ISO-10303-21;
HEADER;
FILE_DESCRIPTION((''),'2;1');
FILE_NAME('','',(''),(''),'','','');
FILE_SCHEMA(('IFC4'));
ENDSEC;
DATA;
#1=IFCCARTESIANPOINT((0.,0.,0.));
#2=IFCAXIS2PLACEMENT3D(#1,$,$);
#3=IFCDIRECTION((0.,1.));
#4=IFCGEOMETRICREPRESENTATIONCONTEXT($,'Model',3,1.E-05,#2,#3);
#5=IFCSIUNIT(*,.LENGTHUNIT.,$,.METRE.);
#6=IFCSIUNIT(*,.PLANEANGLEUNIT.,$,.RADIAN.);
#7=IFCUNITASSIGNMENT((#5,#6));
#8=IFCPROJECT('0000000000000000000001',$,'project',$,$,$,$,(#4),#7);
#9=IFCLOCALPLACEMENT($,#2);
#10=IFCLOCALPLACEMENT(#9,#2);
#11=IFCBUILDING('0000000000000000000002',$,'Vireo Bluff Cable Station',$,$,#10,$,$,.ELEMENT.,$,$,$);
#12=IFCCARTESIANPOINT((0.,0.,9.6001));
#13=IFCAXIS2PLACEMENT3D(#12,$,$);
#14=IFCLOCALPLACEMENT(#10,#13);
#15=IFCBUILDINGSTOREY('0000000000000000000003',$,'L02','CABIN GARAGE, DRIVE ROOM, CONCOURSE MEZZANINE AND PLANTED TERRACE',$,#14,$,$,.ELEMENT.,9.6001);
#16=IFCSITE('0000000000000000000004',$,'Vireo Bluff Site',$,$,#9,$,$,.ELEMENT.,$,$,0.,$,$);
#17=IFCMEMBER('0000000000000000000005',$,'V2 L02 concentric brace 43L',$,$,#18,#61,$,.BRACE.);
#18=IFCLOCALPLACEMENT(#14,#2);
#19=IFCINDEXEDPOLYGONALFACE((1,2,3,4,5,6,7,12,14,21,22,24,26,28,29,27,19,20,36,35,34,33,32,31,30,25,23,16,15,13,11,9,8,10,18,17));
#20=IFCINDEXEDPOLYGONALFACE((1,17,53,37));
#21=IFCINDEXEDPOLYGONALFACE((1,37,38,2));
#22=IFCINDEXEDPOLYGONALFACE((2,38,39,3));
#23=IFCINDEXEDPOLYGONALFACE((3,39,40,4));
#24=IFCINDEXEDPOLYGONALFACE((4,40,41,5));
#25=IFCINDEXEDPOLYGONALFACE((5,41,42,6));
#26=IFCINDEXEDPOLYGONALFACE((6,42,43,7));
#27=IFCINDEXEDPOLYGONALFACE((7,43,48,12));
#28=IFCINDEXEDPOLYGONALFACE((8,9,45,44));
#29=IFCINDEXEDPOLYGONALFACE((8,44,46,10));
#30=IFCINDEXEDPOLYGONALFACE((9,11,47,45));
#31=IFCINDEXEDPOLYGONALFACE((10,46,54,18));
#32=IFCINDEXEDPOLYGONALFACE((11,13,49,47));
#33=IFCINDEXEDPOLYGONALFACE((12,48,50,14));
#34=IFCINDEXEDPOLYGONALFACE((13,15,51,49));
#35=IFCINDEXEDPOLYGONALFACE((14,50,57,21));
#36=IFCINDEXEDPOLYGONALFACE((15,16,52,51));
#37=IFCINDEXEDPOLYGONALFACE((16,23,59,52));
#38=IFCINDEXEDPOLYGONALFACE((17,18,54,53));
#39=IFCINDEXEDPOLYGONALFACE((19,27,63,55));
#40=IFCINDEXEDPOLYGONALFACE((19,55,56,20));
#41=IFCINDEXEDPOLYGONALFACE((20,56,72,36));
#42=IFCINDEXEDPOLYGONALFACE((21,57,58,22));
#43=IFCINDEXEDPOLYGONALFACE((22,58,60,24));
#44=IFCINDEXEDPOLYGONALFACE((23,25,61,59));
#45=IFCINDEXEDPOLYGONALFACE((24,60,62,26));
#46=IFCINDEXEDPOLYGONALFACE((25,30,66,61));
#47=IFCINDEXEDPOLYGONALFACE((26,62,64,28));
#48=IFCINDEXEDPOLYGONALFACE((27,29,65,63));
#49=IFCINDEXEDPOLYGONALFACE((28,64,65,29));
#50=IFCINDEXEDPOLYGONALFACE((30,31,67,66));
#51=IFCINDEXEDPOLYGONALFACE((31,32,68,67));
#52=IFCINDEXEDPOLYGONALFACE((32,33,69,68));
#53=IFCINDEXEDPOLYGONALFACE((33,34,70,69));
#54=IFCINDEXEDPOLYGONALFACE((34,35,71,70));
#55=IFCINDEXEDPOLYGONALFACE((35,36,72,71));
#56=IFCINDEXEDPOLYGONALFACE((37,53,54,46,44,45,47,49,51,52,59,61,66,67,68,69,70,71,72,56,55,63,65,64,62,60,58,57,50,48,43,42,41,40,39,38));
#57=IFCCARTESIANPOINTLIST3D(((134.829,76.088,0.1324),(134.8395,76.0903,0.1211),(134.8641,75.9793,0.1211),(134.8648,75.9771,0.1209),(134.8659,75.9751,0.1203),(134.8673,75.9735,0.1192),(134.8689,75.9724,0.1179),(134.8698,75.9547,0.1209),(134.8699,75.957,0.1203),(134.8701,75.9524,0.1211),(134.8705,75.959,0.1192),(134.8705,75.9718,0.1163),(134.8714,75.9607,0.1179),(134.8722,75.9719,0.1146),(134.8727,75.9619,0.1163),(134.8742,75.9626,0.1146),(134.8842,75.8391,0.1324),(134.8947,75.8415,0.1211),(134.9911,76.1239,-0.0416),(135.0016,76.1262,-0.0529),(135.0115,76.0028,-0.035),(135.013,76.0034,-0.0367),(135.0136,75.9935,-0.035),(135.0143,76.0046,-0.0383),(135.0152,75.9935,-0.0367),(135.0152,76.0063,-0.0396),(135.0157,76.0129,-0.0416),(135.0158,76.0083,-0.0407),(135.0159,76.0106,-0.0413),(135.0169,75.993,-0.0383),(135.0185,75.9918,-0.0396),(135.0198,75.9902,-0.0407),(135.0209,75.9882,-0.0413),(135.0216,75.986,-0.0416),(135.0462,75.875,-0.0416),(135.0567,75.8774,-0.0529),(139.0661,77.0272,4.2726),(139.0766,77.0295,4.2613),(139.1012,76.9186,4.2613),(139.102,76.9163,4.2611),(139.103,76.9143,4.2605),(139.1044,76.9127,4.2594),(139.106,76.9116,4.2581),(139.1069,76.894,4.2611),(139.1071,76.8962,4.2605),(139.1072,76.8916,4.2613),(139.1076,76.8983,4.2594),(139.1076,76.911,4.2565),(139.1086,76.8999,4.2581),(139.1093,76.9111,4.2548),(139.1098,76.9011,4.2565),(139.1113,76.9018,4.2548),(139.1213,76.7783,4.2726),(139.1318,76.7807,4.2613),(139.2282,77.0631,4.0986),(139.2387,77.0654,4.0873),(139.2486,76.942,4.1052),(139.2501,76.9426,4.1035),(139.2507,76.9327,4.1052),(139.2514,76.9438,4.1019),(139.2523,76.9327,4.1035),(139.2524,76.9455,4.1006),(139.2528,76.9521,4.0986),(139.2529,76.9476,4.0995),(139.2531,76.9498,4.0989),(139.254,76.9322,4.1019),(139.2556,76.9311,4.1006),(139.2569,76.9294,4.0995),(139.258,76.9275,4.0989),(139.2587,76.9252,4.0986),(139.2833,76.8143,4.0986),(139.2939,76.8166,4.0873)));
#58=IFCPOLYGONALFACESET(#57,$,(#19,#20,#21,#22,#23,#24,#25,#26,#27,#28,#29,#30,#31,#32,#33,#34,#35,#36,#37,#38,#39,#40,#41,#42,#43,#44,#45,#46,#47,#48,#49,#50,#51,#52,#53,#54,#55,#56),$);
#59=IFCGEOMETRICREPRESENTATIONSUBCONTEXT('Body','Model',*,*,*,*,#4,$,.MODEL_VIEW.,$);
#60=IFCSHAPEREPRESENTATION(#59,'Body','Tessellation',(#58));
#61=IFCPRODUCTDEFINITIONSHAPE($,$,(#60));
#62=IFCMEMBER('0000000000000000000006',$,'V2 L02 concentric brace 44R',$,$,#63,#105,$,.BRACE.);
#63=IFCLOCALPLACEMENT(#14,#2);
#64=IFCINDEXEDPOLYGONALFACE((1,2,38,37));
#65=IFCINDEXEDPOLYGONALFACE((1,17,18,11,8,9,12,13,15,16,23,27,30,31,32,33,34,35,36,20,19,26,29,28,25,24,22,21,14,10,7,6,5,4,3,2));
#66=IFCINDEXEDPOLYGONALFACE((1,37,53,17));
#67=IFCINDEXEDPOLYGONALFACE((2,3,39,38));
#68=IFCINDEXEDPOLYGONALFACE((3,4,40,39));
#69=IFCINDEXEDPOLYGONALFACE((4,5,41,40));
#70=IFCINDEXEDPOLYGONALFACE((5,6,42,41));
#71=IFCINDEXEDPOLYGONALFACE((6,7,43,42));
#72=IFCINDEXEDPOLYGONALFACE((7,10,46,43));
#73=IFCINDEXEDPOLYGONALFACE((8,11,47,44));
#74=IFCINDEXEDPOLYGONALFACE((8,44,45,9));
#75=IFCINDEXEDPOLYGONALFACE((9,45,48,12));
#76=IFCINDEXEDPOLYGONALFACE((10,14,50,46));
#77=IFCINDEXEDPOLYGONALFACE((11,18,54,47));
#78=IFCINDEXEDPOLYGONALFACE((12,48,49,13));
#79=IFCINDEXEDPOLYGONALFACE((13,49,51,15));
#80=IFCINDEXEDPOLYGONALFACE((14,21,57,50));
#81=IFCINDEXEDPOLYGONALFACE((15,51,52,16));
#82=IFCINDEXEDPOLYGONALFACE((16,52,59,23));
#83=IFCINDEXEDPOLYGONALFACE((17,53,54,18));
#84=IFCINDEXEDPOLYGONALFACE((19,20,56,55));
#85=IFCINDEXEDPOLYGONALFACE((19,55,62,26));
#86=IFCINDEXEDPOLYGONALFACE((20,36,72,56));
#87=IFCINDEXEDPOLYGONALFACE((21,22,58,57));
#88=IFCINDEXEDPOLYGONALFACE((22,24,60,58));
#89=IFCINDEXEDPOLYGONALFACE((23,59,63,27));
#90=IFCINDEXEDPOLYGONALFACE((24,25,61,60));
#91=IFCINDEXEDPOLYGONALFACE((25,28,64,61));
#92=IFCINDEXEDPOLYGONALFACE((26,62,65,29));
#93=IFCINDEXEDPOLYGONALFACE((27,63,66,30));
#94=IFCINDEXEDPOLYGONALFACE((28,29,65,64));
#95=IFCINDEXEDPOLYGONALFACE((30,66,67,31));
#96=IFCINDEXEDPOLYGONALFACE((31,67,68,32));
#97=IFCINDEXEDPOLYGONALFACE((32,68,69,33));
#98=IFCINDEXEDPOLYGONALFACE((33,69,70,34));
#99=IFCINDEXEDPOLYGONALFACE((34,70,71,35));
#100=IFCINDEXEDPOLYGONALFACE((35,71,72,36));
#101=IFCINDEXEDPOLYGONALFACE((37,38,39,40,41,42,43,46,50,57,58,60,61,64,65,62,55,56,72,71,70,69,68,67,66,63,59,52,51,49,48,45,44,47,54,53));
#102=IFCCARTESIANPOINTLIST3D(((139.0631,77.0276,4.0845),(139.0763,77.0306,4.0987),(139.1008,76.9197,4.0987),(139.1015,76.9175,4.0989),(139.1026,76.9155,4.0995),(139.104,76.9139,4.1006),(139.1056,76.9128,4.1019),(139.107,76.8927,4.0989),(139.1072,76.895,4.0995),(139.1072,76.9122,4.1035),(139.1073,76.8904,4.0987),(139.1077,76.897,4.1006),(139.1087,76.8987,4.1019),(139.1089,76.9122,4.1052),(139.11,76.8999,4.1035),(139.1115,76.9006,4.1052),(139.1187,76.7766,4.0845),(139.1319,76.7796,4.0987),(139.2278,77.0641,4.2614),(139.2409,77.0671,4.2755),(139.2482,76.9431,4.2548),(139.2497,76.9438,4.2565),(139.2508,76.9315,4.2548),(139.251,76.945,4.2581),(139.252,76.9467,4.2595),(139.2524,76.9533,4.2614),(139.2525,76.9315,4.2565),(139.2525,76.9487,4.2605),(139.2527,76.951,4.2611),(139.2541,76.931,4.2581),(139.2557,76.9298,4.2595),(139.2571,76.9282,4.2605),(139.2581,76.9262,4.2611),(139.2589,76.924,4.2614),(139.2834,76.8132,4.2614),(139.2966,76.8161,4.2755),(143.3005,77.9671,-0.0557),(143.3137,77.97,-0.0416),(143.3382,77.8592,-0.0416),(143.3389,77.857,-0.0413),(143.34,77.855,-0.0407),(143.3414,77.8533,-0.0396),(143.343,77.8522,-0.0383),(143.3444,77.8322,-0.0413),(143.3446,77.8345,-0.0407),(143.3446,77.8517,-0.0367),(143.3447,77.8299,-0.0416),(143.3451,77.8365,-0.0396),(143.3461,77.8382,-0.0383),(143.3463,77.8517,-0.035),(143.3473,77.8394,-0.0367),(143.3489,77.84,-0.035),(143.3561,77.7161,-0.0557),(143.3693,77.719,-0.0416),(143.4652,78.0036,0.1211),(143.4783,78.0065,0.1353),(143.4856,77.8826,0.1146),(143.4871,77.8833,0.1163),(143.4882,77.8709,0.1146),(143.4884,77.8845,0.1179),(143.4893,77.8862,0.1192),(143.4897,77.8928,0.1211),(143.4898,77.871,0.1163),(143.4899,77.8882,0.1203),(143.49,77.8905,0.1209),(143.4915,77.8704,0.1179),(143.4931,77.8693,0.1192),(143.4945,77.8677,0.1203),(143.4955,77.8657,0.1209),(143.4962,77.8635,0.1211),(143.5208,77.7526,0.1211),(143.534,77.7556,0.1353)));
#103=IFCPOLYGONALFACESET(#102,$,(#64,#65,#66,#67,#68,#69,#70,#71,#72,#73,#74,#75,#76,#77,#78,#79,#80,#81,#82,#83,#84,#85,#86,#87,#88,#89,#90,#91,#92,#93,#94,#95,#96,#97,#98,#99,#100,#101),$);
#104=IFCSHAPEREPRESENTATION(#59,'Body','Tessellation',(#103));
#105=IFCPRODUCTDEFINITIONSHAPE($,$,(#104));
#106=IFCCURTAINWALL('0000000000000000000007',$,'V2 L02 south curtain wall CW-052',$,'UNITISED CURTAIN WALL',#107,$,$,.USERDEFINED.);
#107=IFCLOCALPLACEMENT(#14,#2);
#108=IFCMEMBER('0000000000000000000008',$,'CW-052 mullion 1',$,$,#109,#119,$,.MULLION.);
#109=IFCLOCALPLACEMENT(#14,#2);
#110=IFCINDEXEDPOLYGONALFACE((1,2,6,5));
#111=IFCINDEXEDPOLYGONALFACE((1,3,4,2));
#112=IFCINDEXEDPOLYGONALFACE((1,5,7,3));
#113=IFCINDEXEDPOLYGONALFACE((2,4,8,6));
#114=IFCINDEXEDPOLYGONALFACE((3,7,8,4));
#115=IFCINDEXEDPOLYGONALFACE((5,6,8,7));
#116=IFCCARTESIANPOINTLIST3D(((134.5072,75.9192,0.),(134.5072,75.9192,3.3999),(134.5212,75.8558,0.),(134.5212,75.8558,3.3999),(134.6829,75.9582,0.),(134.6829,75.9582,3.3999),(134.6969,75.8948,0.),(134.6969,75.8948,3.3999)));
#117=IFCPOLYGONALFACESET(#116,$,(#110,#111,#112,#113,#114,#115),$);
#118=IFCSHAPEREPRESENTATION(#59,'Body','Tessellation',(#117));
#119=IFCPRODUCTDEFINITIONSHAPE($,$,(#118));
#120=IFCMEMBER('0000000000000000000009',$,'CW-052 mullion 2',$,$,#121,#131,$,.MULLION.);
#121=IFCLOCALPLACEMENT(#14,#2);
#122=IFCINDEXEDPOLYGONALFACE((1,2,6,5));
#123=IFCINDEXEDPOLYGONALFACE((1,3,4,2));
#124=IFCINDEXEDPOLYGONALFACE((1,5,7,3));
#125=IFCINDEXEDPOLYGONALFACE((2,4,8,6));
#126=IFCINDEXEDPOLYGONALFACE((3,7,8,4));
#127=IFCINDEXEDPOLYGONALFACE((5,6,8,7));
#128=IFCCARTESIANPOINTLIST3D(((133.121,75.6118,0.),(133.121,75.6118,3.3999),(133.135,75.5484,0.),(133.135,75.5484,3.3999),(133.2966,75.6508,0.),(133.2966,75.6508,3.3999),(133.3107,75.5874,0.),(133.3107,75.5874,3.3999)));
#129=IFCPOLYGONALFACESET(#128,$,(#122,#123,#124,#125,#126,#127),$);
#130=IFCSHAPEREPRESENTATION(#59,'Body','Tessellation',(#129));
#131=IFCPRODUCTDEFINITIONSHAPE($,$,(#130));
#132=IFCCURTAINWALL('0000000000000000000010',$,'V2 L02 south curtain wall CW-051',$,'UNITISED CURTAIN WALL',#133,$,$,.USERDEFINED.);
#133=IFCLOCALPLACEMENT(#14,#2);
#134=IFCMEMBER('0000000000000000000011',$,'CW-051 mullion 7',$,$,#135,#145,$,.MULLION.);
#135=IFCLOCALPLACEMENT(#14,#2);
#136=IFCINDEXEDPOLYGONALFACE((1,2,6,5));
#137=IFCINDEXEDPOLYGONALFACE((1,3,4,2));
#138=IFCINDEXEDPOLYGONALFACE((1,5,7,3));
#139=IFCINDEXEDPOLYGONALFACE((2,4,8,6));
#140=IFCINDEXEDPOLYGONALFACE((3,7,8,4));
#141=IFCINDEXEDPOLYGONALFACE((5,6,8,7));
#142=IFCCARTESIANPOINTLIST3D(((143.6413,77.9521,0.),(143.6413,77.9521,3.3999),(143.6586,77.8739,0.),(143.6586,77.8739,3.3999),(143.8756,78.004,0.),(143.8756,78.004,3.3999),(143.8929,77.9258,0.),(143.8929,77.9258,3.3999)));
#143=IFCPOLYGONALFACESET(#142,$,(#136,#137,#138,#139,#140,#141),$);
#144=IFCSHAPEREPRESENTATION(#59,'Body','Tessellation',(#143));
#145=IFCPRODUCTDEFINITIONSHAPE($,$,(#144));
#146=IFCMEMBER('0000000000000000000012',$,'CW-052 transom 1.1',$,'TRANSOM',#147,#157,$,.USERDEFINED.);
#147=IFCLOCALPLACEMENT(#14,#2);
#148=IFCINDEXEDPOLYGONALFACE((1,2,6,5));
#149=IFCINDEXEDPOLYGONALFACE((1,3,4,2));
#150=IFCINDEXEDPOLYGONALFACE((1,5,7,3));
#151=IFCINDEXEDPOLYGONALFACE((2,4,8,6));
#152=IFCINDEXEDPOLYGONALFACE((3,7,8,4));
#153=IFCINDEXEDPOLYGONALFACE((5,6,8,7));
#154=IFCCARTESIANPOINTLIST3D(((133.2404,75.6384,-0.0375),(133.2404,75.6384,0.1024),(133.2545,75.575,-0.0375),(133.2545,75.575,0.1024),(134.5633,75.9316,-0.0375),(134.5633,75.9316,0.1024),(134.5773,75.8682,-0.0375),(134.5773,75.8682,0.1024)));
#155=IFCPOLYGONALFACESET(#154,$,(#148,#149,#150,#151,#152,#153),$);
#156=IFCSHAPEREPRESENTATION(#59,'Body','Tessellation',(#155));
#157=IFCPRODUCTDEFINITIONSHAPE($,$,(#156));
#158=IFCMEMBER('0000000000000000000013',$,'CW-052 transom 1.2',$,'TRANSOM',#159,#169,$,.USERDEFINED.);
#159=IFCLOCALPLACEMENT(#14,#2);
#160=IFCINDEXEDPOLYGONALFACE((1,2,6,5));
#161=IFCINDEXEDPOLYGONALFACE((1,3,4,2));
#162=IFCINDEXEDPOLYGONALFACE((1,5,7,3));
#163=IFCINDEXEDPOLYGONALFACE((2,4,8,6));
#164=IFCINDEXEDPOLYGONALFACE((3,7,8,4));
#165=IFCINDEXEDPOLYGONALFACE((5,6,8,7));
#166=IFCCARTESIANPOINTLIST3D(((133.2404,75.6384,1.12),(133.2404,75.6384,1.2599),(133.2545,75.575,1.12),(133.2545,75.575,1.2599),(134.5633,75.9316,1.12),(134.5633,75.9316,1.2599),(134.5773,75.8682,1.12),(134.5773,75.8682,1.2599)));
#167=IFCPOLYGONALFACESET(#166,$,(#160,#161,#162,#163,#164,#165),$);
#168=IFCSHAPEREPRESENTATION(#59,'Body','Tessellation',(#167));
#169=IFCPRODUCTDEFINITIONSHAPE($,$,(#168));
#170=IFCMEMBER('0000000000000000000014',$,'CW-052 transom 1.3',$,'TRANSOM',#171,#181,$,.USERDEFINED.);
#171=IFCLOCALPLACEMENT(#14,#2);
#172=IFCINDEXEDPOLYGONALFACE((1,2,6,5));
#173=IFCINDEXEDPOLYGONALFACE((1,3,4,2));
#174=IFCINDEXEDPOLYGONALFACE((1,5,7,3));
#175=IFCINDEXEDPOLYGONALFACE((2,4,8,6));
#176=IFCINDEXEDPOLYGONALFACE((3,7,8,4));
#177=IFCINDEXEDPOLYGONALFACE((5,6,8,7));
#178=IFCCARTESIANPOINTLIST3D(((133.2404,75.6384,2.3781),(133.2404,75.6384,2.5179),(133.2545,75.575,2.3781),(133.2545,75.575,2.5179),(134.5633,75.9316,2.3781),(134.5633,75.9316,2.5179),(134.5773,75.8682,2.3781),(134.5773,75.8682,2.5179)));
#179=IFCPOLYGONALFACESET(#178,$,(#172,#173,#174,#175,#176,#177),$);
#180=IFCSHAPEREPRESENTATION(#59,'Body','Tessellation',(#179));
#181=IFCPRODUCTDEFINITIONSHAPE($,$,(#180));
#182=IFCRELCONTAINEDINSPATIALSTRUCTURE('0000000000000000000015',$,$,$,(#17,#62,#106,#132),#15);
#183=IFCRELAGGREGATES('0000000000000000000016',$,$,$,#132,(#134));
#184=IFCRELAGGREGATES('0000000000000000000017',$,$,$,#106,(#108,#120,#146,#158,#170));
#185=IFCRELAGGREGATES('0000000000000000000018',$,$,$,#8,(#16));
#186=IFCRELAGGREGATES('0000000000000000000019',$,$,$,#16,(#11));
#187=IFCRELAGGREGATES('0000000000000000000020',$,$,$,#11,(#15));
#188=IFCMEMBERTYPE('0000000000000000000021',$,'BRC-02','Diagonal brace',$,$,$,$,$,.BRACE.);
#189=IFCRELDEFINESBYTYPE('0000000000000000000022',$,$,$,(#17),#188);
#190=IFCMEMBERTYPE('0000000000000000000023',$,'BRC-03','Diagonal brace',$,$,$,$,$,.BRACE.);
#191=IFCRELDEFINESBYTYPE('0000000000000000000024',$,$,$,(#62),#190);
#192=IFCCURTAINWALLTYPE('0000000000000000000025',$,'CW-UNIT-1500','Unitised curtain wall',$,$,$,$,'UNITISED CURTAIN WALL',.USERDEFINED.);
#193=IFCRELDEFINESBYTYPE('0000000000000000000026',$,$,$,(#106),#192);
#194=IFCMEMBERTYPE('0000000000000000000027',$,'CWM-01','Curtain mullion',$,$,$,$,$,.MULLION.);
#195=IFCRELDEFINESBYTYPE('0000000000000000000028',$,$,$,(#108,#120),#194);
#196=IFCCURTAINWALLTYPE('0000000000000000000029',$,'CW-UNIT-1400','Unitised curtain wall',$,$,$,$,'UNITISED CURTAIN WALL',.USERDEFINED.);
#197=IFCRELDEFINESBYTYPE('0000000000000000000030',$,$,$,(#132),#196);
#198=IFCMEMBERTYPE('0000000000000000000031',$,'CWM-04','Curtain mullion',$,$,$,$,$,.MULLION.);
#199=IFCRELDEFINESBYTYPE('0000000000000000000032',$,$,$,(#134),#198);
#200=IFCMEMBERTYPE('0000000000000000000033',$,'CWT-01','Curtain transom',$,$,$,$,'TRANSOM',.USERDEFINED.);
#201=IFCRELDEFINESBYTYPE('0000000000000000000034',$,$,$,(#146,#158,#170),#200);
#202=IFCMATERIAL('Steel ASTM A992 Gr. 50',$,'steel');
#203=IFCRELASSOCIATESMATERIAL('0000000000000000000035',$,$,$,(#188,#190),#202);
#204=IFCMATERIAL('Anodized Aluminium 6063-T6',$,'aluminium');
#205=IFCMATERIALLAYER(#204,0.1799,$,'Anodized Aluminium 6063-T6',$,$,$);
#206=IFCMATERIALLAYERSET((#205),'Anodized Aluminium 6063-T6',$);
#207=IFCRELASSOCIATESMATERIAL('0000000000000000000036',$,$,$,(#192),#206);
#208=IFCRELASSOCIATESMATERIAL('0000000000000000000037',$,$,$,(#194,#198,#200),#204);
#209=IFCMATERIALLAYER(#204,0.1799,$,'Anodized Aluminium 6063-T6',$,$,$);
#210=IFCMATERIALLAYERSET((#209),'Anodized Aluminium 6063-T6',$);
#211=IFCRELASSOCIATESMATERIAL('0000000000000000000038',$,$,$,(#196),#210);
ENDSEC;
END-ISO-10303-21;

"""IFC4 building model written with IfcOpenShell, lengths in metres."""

from ifc_helpers import new_model, si_unit, direction, frame, origin, origin_2d, place, context, subcontext, project, spatial, rectangle, i_section, extrude, material, layer, layer_set, material_profile, profile_set, type_object, element, aggregate, save


model = new_model("IFC4")

# Units and contexts
model_context = context("Model", 3, precision=1e-05, world=origin(), true_north=direction((0.0, 1.0)))
body_context = subcontext(model_context, "Body", "Model", "MODEL_VIEW")
ifc_project = project(units=[si_unit("LENGTHUNIT", "METRE"), si_unit("PLANEANGLEUNIT", "RADIAN")], contexts=[model_context])

# Site, building, storey
site_placement = place(None, origin())
site = spatial("IfcSite", under=ifc_project, at=site_placement, Name="Vireo Bluff Site", CompositionType="ELEMENT", RefElevation=0.0)
building_placement = place(site_placement, origin())
building = spatial("IfcBuilding", under=site, at=building_placement, Name="Vireo Bluff Cable Station", CompositionType="ELEMENT")
storey_placement = place(building_placement, frame((0.0, 0.0, 9.6001)))
storey = spatial("IfcBuildingStorey", under=building, at=storey_placement, Name="L02", Description="CABIN GARAGE, DRIVE ROOM, CONCOURSE MEZZANINE AND PLANTED TERRACE", CompositionType="ELEMENT", Elevation=9.6001)

# Shared definitions
ifc_material_1 = material(Name="Steel ASTM A992 Gr. 50", Category="steel")

# Members
ifc_material_profile_1 = material_profile(ifc_material_1, i_section(OverallWidth=0.2549, OverallDepth=0.2561, WebThickness=0.0095, FlangeThickness=0.0156, FilletRadius=0.009, at=origin_2d()), Name="W10X54")
ifc_profile_set_1 = profile_set([ifc_material_profile_1], Name="Steel ASTM A992 Gr. 50")
member_type_1 = type_object("IfcMemberType", Name="BRC-02", Description="Diagonal brace", PredefinedType="BRACE", material=ifc_profile_set_1)
member_1_placement = place(storey_placement, frame((134.9429, 75.9827, 0.0398), z_axis=(0.706417, 0.156588, 0.690257), x_axis=(-0.216412, 0.976302, 0.0)))
element("IfcMember", 1, at=member_1_placement, inside=storey, type_object=member_type_1, Name="V2 L02 concentric brace 43L", PredefinedType="BRACE", context=body_context, shape_type="SweptSolid", body=[
    extrude(i_section(OverallWidth=0.2549, OverallDepth=0.2561, WebThickness=0.0095, FlangeThickness=0.0156, FilletRadius=0.009, at=origin_2d()), origin(), (0.0, 0.0, 1.0), 5.998),
])
ifc_material_profile_2 = material_profile(ifc_material_1, i_section(OverallWidth=0.2571, OverallDepth=0.2639, WebThickness=0.012, FlangeThickness=0.0195, FilletRadius=0.009, at=origin_2d()), Name="W10X68")
ifc_profile_set_2 = profile_set([ifc_material_profile_2], Name="Steel ASTM A992 Gr. 50")
member_type_2 = type_object("IfcMemberType", Name="BRC-03", Description="Diagonal brace", PredefinedType="BRACE", material=ifc_profile_set_2)
member_2_placement = place(storey_placement, frame((143.4172, 77.8613, 0.0398), z_axis=(-0.706433, -0.156623, 0.690233), x_axis=(0.216454, -0.976293, 0.0)))
element("IfcMember", 2, at=member_2_placement, inside=storey, type_object=member_type_2, Name="V2 L02 concentric brace 44R", PredefinedType="BRACE", context=body_context, shape_type="SweptSolid", body=[
    extrude(i_section(OverallWidth=0.2571, OverallDepth=0.2639, WebThickness=0.012, FlangeThickness=0.0195, FilletRadius=0.009, at=origin_2d()), origin(), (0.0, 0.0, 1.0), 5.9983),
])

# Curtain wall, members
ifc_material_2 = material(Name="Anodized Aluminium 6063-T6", Category="aluminium")
ifc_layer_1 = layer(ifc_material_2, 0.1799, Name="Anodized Aluminium 6063-T6")
ifc_layer_set_1 = layer_set([ifc_layer_1], Name="Anodized Aluminium 6063-T6")
curtain_wall_type_1 = type_object("IfcCurtainWallType", Name="CW-UNIT-1500", Description="Unitised curtain wall", ElementType="UNITISED CURTAIN WALL", PredefinedType="USERDEFINED", material=ifc_layer_set_1)
curtain_wall_1_placement = place(storey_placement, origin())
curtain_wall_1 = element("IfcCurtainWall", 3, at=curtain_wall_1_placement, inside=storey, type_object=curtain_wall_type_1, Name="V2 L02 south curtain wall CW-052", ObjectType="UNITISED CURTAIN WALL", PredefinedType="USERDEFINED")
ifc_material_profile_3 = material_profile(ifc_material_2, rectangle(XDim=0.0649, YDim=0.1799, at=origin_2d()), Name="ALU-M-65X180")
ifc_profile_set_3 = profile_set([ifc_material_profile_3], Name="Anodized Aluminium 6063-T6")
member_type_3 = type_object("IfcMemberType", Name="CWM-01", Description="Curtain mullion", PredefinedType="MULLION", material=ifc_profile_set_3)
member_3_placement = place(storey_placement, frame((134.6021, 75.907, 0.0), z_axis=(0.0, 0.0, 1.0), x_axis=(0.21644, -0.976296, 0.0)))
member_3 = element("IfcMember", 4, at=member_3_placement, type_object=member_type_3, Name="CW-052 mullion 1", PredefinedType="MULLION", context=body_context, shape_type="SweptSolid", body=[
    extrude(rectangle(XDim=0.0649, YDim=0.1799, at=origin_2d()), origin(), (0.0, 0.0, 1.0), 3.3999),
])
member_4_placement = place(storey_placement, frame((133.2158, 75.5996, 0.0), z_axis=(0.0, 0.0, 1.0), x_axis=(0.21644, -0.976296, 0.0)))
member_4 = element("IfcMember", 5, at=member_4_placement, type_object=member_type_3, Name="CW-052 mullion 2", PredefinedType="MULLION", context=body_context, shape_type="SweptSolid", body=[
    extrude(rectangle(XDim=0.0649, YDim=0.1799, at=origin_2d()), origin(), (0.0, 0.0, 1.0), 3.3999),
])

# Curtain wall, member
ifc_layer_2 = layer(ifc_material_2, 0.1799, Name="Anodized Aluminium 6063-T6")
ifc_layer_set_2 = layer_set([ifc_layer_2], Name="Anodized Aluminium 6063-T6")
curtain_wall_type_2 = type_object("IfcCurtainWallType", Name="CW-UNIT-1400", Description="Unitised curtain wall", ElementType="UNITISED CURTAIN WALL", PredefinedType="USERDEFINED", material=ifc_layer_set_2)
curtain_wall_2_placement = place(storey_placement, origin())
curtain_wall_2 = element("IfcCurtainWall", 6, at=curtain_wall_2_placement, inside=storey, type_object=curtain_wall_type_2, Name="V2 L02 south curtain wall CW-051", ObjectType="UNITISED CURTAIN WALL", PredefinedType="USERDEFINED")
ifc_material_profile_4 = material_profile(ifc_material_2, rectangle(XDim=0.0801, YDim=0.24, at=origin_2d()), Name="ALU-M-80X240")
ifc_profile_set_4 = profile_set([ifc_material_profile_4], Name="Anodized Aluminium 6063-T6")
member_type_4 = type_object("IfcMemberType", Name="CWM-04", Description="Curtain mullion", PredefinedType="MULLION", material=ifc_profile_set_4)
member_5_placement = place(storey_placement, frame((143.7671, 77.939, 0.0), z_axis=(0.0, 0.0, 1.0), x_axis=(0.21644, -0.976296, 0.0)))
member_5 = element("IfcMember", 7, at=member_5_placement, type_object=member_type_4, Name="CW-051 mullion 7", PredefinedType="MULLION", context=body_context, shape_type="SweptSolid", body=[
    extrude(rectangle(XDim=0.0801, YDim=0.24, at=origin_2d()), origin(), (0.0, 0.0, 1.0), 3.3999),
])

# Members
ifc_material_profile_5 = material_profile(ifc_material_2, rectangle(XDim=0.0649, YDim=0.1399, at=origin_2d()), Name="ALU-T-65X140")
ifc_profile_set_5 = profile_set([ifc_material_profile_5], Name="Anodized Aluminium 6063-T6")
member_type_5 = type_object("IfcMemberType", Name="CWT-01", Description="Curtain transom", ElementType="TRANSOM", PredefinedType="USERDEFINED", material=ifc_profile_set_5)
member_6_placement = place(storey_placement, frame((134.5703, 75.8999, 0.0325), z_axis=(-0.976301, -0.216415, 0.0), x_axis=(0.216415, -0.976301, 0.0)))
member_6 = element("IfcMember", 8, at=member_6_placement, type_object=member_type_5, Name="CW-052 transom 1.1", ObjectType="TRANSOM", PredefinedType="USERDEFINED", context=body_context, shape_type="SweptSolid", body=[
    extrude(rectangle(XDim=0.0649, YDim=0.1399, at=origin_2d()), origin(), (0.0, 0.0, 1.0), 1.355),
])
member_7_placement = place(storey_placement, frame((134.5703, 75.8999, 1.1899), z_axis=(-0.976301, -0.216415, 0.0), x_axis=(0.216415, -0.976301, 0.0)))
member_7 = element("IfcMember", 9, at=member_7_placement, type_object=member_type_5, Name="CW-052 transom 1.2", ObjectType="TRANSOM", PredefinedType="USERDEFINED", context=body_context, shape_type="SweptSolid", body=[
    extrude(rectangle(XDim=0.0649, YDim=0.1399, at=origin_2d()), origin(), (0.0, 0.0, 1.0), 1.355),
])
member_8_placement = place(storey_placement, frame((134.5703, 75.8999, 2.448), z_axis=(-0.976301, -0.216415, 0.0), x_axis=(0.216415, -0.976301, 0.0)))
member_8 = element("IfcMember", 10, at=member_8_placement, type_object=member_type_5, Name="CW-052 transom 1.3", ObjectType="TRANSOM", PredefinedType="USERDEFINED", context=body_context, shape_type="SweptSolid", body=[
    extrude(rectangle(XDim=0.0649, YDim=0.1399, at=origin_2d()), origin(), (0.0, 0.0, 1.0), 1.355),
])

aggregate(curtain_wall_2, [member_5])
aggregate(curtain_wall_1, [member_3, member_4, member_6, member_7, member_8])

save(model, "model.ifc")
